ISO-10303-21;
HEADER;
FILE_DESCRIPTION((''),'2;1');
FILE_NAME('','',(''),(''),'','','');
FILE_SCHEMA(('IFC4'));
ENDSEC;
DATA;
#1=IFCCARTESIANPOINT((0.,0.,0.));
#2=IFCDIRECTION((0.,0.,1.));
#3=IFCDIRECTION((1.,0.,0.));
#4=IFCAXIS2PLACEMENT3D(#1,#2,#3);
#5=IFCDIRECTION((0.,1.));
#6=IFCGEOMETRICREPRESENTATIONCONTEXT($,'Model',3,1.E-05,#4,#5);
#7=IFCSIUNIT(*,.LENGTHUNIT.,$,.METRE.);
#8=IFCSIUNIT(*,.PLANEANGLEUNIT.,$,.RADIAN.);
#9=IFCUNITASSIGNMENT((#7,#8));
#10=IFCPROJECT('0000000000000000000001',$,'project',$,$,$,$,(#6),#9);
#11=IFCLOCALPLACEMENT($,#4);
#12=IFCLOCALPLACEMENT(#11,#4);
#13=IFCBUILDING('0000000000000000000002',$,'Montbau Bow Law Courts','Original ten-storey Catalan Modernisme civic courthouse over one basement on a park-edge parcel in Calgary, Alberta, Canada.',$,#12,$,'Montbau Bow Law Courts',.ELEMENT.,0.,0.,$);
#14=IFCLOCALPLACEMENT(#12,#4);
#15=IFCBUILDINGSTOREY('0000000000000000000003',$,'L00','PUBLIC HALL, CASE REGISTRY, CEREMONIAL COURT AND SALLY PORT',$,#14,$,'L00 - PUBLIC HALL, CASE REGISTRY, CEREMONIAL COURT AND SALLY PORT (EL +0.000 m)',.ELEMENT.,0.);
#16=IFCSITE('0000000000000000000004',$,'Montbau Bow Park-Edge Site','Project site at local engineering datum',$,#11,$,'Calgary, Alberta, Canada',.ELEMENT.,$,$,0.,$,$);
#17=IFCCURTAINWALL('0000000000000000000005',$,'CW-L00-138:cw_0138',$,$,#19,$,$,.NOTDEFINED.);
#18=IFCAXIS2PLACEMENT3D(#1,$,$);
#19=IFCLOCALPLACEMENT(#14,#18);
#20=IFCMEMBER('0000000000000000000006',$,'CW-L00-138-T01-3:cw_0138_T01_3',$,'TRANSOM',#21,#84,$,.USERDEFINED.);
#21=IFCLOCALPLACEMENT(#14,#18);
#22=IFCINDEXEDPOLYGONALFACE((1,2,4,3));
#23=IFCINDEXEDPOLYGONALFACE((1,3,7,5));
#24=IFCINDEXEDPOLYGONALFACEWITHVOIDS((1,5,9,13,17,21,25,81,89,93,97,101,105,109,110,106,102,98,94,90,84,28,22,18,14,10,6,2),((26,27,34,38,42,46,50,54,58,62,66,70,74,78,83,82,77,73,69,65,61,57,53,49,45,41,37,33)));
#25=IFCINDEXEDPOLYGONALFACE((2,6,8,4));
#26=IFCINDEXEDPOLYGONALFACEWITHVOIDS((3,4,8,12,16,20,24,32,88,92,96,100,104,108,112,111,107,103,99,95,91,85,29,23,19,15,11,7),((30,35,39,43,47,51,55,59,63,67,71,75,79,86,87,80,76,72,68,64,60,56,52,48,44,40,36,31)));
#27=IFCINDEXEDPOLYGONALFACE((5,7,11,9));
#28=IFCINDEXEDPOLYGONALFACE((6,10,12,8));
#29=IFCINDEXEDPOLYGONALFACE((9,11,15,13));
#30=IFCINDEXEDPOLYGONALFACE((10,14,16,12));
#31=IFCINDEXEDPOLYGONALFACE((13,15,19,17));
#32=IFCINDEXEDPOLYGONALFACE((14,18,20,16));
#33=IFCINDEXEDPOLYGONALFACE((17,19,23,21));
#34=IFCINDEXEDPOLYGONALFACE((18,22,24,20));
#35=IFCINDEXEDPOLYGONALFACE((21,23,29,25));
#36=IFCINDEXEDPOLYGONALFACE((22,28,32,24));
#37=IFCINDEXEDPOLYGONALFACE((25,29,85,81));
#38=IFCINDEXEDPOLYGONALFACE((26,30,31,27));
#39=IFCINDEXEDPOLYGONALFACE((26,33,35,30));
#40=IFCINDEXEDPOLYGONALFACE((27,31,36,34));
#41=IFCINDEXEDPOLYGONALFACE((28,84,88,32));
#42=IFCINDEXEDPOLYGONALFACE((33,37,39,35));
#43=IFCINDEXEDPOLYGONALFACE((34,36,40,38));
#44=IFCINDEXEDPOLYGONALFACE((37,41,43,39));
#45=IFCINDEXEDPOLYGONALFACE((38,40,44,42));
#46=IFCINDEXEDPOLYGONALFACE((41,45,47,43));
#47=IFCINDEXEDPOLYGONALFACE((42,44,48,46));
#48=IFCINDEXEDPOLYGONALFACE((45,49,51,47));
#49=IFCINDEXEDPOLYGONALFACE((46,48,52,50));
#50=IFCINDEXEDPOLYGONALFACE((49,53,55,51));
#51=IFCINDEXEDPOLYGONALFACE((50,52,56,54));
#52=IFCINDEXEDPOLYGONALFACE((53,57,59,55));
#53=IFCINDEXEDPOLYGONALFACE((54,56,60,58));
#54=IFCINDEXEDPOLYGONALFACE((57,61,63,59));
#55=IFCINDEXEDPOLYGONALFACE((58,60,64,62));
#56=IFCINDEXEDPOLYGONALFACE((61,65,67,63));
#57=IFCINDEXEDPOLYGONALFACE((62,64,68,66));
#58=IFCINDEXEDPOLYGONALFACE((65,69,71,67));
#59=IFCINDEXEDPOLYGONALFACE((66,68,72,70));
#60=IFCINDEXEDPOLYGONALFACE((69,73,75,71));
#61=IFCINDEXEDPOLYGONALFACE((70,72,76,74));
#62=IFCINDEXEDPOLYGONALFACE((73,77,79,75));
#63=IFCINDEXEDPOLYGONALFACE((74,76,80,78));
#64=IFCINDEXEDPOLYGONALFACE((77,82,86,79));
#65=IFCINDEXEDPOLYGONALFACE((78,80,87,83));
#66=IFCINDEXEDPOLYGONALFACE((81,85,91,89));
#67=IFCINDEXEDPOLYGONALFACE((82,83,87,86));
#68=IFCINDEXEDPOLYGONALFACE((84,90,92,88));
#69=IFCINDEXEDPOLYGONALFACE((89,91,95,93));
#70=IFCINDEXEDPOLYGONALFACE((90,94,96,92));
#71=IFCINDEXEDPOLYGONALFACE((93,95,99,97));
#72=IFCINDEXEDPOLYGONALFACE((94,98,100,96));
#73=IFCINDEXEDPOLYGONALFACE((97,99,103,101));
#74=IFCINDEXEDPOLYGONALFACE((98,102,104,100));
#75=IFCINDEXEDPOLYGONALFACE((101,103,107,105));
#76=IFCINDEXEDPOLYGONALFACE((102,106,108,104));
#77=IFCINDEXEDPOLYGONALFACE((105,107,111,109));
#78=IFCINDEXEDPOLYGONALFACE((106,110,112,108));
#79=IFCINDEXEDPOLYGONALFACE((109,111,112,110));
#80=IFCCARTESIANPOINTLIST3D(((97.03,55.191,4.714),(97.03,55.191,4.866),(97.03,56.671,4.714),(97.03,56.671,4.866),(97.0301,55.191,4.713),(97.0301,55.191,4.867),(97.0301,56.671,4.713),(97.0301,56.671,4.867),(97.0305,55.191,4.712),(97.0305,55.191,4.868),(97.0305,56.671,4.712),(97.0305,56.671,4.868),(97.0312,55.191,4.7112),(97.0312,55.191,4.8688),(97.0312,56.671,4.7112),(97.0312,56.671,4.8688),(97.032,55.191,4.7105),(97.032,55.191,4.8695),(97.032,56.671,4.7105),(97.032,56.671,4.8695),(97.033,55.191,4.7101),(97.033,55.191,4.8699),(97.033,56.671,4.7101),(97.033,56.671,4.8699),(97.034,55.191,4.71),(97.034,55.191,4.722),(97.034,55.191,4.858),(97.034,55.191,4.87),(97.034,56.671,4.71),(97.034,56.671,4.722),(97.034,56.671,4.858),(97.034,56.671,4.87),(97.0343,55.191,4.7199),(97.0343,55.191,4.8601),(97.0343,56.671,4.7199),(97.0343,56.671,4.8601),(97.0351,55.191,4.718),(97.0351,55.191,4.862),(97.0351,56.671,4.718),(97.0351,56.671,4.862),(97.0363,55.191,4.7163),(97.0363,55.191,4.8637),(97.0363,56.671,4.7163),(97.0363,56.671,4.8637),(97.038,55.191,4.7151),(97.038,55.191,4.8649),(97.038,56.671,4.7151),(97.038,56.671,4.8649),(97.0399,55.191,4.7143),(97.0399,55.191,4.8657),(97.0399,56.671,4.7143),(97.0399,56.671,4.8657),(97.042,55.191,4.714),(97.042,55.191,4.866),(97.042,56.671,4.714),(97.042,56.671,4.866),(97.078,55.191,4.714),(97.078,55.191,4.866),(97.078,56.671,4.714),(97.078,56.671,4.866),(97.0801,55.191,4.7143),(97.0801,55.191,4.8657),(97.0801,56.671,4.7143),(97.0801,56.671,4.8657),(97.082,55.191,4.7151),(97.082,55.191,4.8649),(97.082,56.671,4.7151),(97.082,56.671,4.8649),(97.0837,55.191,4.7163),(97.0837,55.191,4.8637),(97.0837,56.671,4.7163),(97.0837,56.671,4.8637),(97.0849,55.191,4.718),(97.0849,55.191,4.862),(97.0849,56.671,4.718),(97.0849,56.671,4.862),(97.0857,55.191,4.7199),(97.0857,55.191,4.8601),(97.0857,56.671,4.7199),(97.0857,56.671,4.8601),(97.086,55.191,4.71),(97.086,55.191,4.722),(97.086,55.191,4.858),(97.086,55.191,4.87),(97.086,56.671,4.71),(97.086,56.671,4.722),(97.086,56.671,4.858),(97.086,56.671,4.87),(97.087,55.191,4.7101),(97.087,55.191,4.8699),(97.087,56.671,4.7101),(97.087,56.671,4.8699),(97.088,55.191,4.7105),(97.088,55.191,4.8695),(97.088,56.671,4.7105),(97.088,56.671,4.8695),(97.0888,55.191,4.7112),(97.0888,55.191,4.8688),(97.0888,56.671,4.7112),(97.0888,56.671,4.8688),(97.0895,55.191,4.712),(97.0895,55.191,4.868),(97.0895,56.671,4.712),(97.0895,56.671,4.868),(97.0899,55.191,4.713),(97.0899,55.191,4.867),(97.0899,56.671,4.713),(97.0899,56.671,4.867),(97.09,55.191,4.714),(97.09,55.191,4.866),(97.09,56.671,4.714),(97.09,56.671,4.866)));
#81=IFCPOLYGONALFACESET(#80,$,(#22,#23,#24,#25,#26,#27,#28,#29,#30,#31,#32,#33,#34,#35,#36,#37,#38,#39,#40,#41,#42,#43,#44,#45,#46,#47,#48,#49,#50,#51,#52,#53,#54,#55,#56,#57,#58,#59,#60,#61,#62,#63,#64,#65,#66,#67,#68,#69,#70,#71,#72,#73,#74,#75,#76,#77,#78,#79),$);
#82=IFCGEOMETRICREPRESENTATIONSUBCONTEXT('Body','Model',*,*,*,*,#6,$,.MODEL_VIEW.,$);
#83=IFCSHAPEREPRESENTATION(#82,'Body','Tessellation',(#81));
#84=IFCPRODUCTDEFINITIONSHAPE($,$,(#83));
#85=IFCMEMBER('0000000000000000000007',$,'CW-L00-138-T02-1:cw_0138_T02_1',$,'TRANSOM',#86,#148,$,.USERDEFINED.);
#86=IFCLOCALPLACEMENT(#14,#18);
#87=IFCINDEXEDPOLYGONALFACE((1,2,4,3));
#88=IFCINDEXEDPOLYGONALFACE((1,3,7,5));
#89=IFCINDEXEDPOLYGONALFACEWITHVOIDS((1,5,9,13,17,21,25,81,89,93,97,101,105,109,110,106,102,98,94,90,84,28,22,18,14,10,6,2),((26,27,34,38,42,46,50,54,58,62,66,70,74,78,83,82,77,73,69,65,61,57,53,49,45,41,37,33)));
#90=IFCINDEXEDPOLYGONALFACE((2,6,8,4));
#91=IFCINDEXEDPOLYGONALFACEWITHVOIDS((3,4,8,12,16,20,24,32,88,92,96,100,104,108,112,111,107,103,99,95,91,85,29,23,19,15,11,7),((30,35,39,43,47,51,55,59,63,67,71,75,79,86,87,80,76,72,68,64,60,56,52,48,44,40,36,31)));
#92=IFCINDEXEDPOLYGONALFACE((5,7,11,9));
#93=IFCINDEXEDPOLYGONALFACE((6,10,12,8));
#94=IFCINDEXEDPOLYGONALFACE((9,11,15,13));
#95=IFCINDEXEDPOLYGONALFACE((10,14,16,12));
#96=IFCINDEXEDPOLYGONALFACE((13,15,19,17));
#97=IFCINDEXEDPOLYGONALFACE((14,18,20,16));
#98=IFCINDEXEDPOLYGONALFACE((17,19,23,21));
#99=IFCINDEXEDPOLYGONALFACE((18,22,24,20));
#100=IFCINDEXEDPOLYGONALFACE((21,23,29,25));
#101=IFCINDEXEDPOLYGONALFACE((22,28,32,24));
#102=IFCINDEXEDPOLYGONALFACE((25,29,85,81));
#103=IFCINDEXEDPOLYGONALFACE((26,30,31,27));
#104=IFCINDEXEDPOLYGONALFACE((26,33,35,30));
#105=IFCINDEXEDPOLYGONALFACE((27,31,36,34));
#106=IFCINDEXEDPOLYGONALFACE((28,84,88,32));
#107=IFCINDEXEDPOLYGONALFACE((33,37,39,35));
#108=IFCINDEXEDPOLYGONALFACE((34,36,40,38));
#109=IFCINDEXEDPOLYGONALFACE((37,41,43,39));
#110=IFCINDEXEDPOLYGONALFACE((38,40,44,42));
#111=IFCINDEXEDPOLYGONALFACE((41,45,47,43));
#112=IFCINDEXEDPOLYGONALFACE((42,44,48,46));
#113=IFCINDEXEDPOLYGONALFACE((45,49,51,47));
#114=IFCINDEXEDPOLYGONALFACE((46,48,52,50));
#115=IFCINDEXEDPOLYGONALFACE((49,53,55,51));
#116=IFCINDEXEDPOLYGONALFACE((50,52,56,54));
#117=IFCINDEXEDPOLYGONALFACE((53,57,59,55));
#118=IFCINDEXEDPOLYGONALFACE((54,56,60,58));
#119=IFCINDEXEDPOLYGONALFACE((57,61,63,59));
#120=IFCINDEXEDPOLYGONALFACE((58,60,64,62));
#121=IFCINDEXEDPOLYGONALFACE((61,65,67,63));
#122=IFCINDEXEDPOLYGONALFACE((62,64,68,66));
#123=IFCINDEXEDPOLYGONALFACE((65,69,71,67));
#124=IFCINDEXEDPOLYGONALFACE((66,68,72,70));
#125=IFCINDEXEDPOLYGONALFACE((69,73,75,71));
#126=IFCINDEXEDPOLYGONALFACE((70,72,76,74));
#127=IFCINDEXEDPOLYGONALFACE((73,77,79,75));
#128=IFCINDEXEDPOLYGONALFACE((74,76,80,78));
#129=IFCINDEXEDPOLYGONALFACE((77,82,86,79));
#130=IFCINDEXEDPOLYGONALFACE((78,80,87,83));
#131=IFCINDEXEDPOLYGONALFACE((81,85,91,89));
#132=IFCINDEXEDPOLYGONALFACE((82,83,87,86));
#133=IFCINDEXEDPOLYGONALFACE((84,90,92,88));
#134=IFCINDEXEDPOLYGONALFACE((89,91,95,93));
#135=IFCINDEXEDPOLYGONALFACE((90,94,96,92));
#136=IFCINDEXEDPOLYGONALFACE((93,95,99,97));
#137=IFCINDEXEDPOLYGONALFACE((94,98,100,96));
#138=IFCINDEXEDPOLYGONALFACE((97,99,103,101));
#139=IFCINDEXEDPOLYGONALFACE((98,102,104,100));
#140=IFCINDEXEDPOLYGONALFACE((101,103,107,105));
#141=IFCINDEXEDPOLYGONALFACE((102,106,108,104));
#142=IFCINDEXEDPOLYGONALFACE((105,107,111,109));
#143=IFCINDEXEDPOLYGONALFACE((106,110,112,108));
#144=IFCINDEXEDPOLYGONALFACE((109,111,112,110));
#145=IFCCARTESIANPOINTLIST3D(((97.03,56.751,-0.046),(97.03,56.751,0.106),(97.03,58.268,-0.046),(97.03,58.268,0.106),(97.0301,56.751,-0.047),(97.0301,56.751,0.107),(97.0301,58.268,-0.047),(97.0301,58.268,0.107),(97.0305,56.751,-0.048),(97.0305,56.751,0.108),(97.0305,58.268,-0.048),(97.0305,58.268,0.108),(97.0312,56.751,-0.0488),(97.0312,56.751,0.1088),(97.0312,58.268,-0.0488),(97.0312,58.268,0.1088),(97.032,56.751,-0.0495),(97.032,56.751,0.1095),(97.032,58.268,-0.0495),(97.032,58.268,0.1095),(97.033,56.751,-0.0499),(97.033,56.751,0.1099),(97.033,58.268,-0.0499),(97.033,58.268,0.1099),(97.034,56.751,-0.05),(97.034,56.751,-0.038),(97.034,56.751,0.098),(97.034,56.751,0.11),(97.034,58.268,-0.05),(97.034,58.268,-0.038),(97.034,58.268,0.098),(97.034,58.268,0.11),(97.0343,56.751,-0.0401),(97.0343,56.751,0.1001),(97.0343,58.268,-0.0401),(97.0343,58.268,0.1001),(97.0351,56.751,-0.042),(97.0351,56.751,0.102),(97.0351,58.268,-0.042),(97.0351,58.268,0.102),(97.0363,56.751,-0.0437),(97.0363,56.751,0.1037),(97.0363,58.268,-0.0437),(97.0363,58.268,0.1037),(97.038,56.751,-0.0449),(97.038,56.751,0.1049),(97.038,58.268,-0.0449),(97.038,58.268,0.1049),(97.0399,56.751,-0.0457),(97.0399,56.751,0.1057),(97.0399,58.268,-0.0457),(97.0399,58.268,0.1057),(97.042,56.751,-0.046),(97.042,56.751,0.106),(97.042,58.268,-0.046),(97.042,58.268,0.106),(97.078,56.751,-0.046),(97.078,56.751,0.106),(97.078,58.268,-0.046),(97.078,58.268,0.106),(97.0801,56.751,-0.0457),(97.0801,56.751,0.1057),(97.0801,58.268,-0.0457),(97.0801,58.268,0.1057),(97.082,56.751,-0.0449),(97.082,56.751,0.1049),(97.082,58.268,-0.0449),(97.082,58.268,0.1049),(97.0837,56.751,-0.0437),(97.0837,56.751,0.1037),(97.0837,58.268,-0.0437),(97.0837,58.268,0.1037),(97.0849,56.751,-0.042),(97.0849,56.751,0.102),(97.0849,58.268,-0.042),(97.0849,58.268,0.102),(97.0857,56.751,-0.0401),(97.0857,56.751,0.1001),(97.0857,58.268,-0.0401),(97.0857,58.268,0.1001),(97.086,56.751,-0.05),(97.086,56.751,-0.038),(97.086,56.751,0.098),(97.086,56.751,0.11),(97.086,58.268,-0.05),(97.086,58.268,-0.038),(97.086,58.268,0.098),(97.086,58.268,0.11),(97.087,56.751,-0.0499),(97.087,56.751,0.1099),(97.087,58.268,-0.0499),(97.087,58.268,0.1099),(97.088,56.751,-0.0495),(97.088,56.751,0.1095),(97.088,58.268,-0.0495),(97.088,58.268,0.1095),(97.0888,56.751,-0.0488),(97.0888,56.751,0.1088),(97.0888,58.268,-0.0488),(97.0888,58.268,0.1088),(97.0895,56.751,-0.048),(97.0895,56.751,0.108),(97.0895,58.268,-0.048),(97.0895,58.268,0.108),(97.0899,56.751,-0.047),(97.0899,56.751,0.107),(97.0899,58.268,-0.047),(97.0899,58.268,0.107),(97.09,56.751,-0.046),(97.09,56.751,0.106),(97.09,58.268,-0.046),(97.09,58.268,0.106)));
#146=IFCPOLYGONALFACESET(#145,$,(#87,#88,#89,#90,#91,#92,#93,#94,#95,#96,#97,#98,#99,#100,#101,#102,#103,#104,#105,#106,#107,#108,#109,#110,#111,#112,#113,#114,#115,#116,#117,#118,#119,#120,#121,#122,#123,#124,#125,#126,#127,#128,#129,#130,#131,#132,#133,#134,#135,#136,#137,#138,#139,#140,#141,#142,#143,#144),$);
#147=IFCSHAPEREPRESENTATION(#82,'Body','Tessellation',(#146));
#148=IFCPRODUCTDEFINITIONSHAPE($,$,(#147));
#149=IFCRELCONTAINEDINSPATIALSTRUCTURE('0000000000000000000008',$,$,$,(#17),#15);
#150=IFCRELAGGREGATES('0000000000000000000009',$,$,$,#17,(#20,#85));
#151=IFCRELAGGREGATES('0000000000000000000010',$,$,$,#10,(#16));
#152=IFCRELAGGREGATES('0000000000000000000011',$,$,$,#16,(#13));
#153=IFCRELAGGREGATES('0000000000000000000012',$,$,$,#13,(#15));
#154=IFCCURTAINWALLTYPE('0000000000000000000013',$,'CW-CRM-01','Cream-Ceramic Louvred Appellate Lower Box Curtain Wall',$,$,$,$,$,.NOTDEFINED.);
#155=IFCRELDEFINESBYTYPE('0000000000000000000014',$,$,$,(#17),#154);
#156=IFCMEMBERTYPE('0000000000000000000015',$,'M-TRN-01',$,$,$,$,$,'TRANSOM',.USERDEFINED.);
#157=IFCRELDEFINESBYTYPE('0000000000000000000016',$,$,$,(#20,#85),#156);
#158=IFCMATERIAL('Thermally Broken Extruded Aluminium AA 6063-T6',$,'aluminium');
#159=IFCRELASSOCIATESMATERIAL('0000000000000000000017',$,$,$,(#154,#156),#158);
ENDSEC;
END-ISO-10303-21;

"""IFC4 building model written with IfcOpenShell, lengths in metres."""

from ifc_helpers import new_model, si_unit, direction, frame, origin_with_axes, origin_2d_with_axis, place, context, subcontext, project, spatial, hollow_rectangle, extrude, material, material_profile, profile_set, type_object, element, aggregate, save


model = new_model("IFC4")

# Units and contexts
model_context = context("Model", 3, precision=1e-05, world=origin_with_axes(), true_north=direction((0.0, 1.0)))
body_context = subcontext(model_context, "Body", "Model", "MODEL_VIEW")
ifc_project = project(units=[si_unit("LENGTHUNIT", "METRE"), si_unit("PLANEANGLEUNIT", "RADIAN")], contexts=[model_context])

# Site, building, storey
site_placement = place(None, origin_with_axes())
site = spatial("IfcSite", under=ifc_project, at=site_placement, Name="Montbau Bow Park-Edge Site", Description="Project site at local engineering datum", LongName="Calgary, Alberta, Canada", CompositionType="ELEMENT", RefElevation=0.0)
building_placement = place(site_placement, origin_with_axes())
building = spatial("IfcBuilding", under=site, at=building_placement, Name="Montbau Bow Law Courts", Description="Original ten-storey Catalan Modernisme civic courthouse over one basement on a park-edge parcel in Calgary, Alberta, Canada.", LongName="Montbau Bow Law Courts", CompositionType="ELEMENT", ElevationOfRefHeight=0.0, ElevationOfTerrain=0.0)
storey_placement = place(building_placement, origin_with_axes())
storey = spatial("IfcBuildingStorey", under=building, at=storey_placement, Name="L00", Description="PUBLIC HALL, CASE REGISTRY, CEREMONIAL COURT AND SALLY PORT", LongName="L00 - PUBLIC HALL, CASE REGISTRY, CEREMONIAL COURT AND SALLY PORT (EL +0.000 m)", CompositionType="ELEMENT", Elevation=0.0)

# Curtain wall
ifc_material_1 = material(Name="Thermally Broken Extruded Aluminium AA 6063-T6", Category="aluminium")
curtain_wall_type = type_object("IfcCurtainWallType", Name="CW-CRM-01", Description="Cream-Ceramic Louvred Appellate Lower Box Curtain Wall", PredefinedType="NOTDEFINED", material=ifc_material_1)
curtain_wall_1_placement = place(None, frame((97.06, 55.115, 0.0), z_axis=(0.0, 0.0, 1.0), x_axis=(1.0, 0.0, 0.0)))
curtain_wall_1 = element("IfcCurtainWall", 1, at=curtain_wall_1_placement, inside=storey, type_object=curtain_wall_type, Name="CW-L00-138:cw_0138", PredefinedType="NOTDEFINED")

# Members
ifc_material_profile_1 = material_profile(ifc_material_1, hollow_rectangle(XDim=0.06, YDim=0.16, WallThickness=0.004, InnerFilletRadius=0.008, OuterFilletRadius=0.004, at=origin_2d_with_axis()), Name="CWT-160X60", Category="Main", Priority=0)
ifc_profile_set_1 = profile_set([ifc_material_profile_1], Name="Thermally Broken Extruded Aluminium AA 6063-T6")
member_type_1 = type_object("IfcMemberType", Name="M-TRN-01", ElementType="TRANSOM", PredefinedType="USERDEFINED", material=ifc_profile_set_1)
member_1_placement = place(None, frame((97.06, 55.191, 4.79), z_axis=(0.0, 1.0, 0.0), x_axis=(-1.0, 0.0, 0.0)))
member_1 = element("IfcMember", 2, at=member_1_placement, type_object=member_type_1, Name="CW-L00-138-T01-3:cw_0138_T01_3", ObjectType="TRANSOM", PredefinedType="USERDEFINED", context=body_context, shape_type="SweptSolid", body=[
    extrude(hollow_rectangle(XDim=0.06, YDim=0.16, WallThickness=0.004, InnerFilletRadius=0.008, OuterFilletRadius=0.004, at=origin_2d_with_axis()), origin_with_axes(), (0.0, 0.0, 1.0), 1.48),
])
member_2_placement = place(None, frame((97.06, 56.751, 0.03), z_axis=(0.0, 1.0, 0.0), x_axis=(-1.0, 0.0, 0.0)))
member_2 = element("IfcMember", 3, at=member_2_placement, type_object=member_type_1, Name="CW-L00-138-T02-1:cw_0138_T02_1", ObjectType="TRANSOM", PredefinedType="USERDEFINED", context=body_context, shape_type="SweptSolid", body=[
    extrude(hollow_rectangle(XDim=0.06, YDim=0.16, WallThickness=0.004, InnerFilletRadius=0.008, OuterFilletRadius=0.004, at=origin_2d_with_axis()), origin_with_axes(), (0.0, 0.0, 1.0), 1.517),
])

aggregate(curtain_wall_1, [member_1, member_2])

save(model, "model.ifc")
